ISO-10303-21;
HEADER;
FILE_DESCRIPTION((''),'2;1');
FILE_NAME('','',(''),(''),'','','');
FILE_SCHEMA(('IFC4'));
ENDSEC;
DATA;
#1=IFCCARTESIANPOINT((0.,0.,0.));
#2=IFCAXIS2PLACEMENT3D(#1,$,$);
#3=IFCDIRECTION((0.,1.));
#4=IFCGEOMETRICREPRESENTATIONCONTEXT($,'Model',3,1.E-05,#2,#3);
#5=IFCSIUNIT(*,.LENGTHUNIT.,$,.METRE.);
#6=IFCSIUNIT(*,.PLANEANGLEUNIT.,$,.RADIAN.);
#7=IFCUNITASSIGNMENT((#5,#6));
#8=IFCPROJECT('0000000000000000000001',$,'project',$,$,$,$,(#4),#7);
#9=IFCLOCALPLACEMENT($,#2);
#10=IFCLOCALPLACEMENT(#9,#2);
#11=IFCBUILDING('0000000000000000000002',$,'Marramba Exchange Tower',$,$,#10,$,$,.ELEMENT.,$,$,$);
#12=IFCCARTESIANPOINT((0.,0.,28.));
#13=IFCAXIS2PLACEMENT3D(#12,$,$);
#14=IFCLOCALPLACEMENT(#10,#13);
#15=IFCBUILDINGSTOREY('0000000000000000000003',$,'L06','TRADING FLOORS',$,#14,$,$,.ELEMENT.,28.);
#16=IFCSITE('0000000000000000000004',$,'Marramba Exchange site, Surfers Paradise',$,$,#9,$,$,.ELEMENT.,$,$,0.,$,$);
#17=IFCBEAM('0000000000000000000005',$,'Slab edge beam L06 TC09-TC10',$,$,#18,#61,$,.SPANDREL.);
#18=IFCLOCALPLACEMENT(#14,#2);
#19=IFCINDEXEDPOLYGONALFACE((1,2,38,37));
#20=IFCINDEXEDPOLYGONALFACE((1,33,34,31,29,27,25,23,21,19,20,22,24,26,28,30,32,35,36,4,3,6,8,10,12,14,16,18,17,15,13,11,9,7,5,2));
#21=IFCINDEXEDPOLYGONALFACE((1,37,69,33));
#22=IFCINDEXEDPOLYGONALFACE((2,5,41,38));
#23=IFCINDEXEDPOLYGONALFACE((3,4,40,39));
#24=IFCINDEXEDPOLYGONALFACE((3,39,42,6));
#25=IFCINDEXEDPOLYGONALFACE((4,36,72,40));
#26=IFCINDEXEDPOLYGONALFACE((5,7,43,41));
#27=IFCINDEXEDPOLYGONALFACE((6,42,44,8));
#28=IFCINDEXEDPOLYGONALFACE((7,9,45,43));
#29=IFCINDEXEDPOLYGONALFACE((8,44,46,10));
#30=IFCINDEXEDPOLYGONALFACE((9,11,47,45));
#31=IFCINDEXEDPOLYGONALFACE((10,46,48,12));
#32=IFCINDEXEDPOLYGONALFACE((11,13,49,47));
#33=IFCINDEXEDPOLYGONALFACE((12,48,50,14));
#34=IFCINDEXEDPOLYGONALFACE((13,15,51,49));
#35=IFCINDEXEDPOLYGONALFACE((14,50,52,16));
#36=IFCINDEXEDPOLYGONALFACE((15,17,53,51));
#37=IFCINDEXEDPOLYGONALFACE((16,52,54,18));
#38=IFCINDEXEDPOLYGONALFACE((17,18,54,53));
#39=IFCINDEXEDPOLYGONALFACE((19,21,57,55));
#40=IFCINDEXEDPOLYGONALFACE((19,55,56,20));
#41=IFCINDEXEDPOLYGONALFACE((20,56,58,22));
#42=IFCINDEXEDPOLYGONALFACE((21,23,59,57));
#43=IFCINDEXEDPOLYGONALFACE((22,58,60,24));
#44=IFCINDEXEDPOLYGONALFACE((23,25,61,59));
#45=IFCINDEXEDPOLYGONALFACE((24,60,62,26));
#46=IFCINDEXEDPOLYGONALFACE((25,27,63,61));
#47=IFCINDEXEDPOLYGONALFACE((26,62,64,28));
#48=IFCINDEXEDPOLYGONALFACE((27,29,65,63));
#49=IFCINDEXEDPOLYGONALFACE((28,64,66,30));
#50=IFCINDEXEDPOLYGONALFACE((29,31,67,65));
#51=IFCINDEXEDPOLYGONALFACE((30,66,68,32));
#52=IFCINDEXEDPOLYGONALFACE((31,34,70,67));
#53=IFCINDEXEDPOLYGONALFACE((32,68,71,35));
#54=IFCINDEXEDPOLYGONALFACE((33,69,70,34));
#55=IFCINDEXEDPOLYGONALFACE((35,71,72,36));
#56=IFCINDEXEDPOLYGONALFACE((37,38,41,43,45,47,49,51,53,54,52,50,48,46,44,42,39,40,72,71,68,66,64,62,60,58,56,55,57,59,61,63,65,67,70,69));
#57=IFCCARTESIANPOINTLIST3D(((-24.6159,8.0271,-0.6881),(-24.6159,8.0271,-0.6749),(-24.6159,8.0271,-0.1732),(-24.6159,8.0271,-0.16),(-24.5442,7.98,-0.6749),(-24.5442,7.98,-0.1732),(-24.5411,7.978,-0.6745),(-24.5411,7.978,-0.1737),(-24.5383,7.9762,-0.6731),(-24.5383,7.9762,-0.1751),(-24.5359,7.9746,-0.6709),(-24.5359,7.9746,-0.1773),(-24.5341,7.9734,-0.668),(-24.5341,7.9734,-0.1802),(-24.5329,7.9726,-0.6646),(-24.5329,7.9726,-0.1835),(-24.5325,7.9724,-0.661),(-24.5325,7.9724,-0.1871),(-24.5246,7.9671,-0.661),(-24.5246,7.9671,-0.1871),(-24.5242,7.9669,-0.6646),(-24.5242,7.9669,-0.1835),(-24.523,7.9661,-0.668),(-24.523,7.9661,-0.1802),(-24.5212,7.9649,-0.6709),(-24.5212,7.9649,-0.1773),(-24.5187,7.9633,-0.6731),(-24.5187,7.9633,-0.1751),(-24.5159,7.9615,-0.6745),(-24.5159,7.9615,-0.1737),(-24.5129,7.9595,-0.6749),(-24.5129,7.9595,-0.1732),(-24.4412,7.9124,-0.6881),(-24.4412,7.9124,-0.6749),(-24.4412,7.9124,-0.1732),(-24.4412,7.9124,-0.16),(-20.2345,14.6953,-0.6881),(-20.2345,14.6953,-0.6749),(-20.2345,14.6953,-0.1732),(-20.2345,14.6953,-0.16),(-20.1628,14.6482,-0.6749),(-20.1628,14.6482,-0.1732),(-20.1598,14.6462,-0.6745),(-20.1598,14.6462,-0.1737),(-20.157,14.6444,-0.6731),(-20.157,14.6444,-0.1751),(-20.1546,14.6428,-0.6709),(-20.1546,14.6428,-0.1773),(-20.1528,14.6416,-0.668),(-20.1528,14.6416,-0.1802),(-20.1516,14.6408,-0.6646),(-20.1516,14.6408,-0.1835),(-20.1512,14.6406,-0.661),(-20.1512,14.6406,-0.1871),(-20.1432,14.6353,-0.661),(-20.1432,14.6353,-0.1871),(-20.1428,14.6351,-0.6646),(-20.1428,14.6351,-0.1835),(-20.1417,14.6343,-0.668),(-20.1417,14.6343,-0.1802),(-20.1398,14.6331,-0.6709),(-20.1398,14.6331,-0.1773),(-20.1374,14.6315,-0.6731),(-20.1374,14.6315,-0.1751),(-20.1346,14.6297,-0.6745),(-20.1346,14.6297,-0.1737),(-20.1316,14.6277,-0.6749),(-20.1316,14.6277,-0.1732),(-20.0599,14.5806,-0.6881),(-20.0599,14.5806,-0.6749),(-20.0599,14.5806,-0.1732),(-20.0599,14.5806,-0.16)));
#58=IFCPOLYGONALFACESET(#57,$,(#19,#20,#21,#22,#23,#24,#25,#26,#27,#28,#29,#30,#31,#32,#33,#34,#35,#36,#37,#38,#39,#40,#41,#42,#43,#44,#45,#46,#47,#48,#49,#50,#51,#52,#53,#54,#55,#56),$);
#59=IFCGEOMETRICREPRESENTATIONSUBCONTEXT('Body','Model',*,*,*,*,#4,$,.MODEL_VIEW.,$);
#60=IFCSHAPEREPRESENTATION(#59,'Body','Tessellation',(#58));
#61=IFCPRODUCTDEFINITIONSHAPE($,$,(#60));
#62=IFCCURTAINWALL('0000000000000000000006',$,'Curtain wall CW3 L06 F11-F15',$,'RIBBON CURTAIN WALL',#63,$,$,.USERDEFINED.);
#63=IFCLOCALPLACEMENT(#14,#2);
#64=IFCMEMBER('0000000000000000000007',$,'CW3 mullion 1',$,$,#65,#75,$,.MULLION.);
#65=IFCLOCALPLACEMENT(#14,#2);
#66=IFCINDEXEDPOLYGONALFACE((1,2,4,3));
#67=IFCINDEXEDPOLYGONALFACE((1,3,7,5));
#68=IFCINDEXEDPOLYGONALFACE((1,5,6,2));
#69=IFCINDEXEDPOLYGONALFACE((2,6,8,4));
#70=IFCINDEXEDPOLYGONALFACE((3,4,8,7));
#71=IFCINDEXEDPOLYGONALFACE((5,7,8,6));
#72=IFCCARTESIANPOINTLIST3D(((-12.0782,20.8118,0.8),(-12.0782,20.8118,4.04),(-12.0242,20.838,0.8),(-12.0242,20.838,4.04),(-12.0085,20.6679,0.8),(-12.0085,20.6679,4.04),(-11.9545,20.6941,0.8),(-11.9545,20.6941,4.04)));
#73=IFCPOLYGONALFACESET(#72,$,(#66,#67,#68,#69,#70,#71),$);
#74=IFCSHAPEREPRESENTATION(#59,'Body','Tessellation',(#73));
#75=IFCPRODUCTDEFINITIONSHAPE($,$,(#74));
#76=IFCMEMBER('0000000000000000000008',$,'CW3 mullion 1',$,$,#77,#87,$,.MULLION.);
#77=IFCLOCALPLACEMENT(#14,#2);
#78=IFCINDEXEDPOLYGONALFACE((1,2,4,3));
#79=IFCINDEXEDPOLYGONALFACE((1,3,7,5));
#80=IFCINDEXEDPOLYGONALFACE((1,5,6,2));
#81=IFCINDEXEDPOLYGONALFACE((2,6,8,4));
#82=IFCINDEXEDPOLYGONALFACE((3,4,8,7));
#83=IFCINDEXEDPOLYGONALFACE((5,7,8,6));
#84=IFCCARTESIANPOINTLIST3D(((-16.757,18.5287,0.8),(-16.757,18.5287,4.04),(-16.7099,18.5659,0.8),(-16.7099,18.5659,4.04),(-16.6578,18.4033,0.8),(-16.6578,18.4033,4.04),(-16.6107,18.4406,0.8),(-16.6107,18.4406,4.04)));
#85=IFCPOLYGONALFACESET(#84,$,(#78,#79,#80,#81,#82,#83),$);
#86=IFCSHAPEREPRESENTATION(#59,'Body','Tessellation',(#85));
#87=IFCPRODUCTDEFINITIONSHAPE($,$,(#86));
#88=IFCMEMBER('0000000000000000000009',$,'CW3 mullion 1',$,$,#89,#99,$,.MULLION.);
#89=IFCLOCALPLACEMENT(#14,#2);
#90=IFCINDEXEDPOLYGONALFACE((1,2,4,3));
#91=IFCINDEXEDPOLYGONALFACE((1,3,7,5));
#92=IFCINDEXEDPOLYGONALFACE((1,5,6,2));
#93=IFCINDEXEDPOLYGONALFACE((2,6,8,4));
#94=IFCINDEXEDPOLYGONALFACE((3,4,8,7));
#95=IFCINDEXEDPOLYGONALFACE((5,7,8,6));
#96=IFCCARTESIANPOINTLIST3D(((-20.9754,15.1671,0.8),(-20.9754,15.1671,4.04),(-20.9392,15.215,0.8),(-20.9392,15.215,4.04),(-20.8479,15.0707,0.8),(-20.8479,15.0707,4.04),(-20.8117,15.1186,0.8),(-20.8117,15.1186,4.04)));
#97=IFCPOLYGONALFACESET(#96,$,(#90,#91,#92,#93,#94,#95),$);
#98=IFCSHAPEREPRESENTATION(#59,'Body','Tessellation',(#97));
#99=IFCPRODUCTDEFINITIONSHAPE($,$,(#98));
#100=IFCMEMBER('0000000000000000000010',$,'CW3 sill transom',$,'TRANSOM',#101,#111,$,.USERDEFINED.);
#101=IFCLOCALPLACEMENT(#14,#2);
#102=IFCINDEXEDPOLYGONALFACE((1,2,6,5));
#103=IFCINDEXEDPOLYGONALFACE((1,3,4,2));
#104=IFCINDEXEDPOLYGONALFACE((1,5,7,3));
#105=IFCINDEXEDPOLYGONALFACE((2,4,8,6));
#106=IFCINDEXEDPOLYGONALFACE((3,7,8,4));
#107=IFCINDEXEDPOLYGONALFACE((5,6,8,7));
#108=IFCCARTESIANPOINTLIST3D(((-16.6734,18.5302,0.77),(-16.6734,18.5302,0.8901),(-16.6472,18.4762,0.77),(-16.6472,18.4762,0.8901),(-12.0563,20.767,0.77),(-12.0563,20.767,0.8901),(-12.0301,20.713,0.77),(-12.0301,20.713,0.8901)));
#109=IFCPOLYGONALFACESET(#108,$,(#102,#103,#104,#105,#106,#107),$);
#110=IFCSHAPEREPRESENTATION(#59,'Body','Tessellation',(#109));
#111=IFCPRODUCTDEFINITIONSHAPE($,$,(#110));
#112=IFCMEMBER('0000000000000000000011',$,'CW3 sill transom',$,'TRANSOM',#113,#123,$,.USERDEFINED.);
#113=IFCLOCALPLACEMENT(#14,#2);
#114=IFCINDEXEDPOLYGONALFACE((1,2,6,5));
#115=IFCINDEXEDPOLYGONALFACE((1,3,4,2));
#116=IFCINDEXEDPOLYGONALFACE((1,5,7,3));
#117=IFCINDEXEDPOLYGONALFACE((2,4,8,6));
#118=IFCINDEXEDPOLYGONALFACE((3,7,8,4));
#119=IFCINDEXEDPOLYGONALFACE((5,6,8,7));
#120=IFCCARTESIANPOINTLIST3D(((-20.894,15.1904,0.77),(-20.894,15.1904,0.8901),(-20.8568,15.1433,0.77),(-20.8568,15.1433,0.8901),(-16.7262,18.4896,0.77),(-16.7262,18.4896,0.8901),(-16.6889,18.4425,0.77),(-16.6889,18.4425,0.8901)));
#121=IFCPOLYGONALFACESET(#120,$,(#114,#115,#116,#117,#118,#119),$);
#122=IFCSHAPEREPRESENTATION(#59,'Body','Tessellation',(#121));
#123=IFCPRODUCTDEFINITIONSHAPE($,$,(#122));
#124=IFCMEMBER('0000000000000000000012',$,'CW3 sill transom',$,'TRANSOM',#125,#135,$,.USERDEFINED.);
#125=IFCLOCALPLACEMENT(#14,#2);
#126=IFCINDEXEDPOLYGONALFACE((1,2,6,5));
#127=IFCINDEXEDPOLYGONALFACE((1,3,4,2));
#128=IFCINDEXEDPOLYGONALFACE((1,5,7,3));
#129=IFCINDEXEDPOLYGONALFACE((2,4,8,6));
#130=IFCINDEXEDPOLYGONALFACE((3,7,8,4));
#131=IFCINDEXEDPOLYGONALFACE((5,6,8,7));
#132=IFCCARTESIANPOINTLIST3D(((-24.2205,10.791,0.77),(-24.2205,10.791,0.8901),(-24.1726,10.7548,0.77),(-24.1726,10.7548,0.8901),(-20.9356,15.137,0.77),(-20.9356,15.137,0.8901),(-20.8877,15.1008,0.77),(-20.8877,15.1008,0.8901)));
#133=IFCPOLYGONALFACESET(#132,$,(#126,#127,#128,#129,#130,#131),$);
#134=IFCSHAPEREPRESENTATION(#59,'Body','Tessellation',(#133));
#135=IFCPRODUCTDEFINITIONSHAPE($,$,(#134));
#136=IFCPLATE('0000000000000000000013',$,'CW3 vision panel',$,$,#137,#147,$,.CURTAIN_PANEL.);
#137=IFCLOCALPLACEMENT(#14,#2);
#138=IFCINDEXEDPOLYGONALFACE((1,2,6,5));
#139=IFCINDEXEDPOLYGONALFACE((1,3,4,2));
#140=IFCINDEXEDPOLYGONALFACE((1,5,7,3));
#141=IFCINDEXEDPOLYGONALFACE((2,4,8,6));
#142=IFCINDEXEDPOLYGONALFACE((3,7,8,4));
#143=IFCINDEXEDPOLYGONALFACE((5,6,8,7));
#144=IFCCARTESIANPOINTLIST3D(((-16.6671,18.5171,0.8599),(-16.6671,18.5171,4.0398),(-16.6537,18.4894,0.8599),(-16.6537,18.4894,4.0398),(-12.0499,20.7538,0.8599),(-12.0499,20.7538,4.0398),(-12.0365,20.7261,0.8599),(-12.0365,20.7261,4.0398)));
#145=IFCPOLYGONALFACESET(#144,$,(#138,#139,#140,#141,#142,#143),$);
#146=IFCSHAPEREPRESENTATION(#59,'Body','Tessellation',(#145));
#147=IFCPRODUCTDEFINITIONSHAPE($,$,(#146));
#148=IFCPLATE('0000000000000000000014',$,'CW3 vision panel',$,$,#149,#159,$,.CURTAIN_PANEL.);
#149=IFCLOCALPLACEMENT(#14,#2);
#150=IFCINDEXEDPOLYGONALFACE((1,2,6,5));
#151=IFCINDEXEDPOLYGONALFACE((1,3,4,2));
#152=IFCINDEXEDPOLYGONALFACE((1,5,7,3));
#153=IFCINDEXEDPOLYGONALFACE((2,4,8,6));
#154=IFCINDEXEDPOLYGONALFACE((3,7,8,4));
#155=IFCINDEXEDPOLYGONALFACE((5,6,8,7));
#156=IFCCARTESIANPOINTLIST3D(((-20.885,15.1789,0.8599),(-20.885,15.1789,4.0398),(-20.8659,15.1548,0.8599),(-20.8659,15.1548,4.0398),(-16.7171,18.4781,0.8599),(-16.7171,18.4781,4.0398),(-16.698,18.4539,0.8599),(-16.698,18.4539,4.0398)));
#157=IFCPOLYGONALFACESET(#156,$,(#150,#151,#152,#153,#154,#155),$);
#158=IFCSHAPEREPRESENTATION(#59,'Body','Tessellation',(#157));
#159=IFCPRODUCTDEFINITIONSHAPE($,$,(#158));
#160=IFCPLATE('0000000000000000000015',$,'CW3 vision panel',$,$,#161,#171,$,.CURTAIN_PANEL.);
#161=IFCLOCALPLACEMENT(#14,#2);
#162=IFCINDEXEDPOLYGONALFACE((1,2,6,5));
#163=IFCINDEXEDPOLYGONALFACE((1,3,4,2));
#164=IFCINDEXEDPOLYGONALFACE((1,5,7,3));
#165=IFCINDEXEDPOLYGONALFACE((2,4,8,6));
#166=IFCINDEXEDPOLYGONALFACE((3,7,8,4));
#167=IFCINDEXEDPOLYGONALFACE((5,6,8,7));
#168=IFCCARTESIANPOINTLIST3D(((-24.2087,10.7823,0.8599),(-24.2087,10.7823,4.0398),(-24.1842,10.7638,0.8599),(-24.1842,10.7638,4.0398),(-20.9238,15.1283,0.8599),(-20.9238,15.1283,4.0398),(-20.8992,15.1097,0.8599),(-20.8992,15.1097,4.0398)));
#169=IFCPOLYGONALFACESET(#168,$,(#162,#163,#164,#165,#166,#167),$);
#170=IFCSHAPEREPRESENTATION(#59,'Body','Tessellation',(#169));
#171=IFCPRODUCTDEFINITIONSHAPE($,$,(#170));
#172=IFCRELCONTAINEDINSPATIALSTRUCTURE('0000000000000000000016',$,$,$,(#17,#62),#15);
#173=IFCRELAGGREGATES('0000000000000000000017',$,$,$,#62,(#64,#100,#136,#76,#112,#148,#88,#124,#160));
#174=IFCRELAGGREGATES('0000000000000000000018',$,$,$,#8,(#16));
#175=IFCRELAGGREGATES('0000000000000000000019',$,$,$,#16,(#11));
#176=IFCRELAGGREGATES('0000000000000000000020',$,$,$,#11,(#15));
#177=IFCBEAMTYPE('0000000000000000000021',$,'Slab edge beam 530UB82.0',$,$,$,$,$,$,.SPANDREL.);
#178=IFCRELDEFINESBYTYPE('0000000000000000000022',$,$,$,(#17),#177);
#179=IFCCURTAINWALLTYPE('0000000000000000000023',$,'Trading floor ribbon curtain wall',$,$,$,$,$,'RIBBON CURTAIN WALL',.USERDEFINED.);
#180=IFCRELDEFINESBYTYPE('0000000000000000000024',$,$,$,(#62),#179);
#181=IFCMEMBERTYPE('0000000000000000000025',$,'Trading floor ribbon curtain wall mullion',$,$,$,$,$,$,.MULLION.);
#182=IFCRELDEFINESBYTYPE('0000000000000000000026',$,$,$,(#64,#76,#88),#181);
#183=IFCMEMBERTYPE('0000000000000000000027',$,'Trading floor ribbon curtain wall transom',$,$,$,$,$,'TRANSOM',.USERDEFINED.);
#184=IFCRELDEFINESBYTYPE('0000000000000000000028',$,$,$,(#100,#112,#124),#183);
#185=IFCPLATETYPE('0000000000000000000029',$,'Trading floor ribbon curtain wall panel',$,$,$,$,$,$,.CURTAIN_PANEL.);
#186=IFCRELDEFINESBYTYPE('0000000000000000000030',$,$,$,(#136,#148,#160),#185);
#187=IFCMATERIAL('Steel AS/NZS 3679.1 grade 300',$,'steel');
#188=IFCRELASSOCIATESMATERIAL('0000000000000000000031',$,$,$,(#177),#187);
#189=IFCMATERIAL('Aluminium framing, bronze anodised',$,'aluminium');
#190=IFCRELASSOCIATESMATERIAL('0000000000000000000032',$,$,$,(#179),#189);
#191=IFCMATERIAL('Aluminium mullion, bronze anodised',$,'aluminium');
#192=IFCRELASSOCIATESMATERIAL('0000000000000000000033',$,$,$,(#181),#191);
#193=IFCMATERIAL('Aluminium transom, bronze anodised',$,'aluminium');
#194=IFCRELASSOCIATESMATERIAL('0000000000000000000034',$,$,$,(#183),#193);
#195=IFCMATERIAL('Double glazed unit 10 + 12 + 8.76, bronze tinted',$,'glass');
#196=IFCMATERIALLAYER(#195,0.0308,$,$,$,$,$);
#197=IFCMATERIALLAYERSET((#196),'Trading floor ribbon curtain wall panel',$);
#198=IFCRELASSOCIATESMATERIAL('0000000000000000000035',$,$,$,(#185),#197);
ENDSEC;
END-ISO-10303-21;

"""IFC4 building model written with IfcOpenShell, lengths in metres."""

from ifc_helpers import new_model, si_unit, direction, frame, origin, origin_2d, place, context, subcontext, project, spatial, rectangle, i_section, extrude, material, layer, layer_set, material_profile, profile_set, type_object, element, aggregate, save


model = new_model("IFC4")

# Units and contexts
model_context = context("Model", 3, precision=1e-05, world=origin(), true_north=direction((0.0, 1.0)))
body_context = subcontext(model_context, "Body", "Model", "MODEL_VIEW")
ifc_project = project(units=[si_unit("LENGTHUNIT", "METRE"), si_unit("PLANEANGLEUNIT", "RADIAN")], contexts=[model_context])

# Site, building, storey
site_placement = place(None, origin())
site = spatial("IfcSite", under=ifc_project, at=site_placement, Name="Marramba Exchange site, Surfers Paradise", CompositionType="ELEMENT", RefElevation=0.0)
building_placement = place(site_placement, origin())
building = spatial("IfcBuilding", under=site, at=building_placement, Name="Marramba Exchange Tower", CompositionType="ELEMENT")
storey_placement = place(building_placement, frame((0.0, 0.0, 28.0)))
storey = spatial("IfcBuildingStorey", under=building, at=storey_placement, Name="L06", Description="TRADING FLOORS", CompositionType="ELEMENT", Elevation=28.0)

# Beam
ifc_material_1 = material(Name="Steel AS/NZS 3679.1 grade 300", Category="steel")
ifc_material_profile_1 = material_profile(ifc_material_1, i_section(OverallWidth=0.209, OverallDepth=0.5281, WebThickness=0.0095, FlangeThickness=0.0132, FilletRadius=0.0139, at=origin_2d()), Name="530UB82.0")
ifc_profile_set_1 = profile_set([ifc_material_profile_1], Name="Steel AS/NZS 3679.1 grade 300")
beam_type_1 = type_object("IfcBeamType", Name="Slab edge beam 530UB82.0", PredefinedType="SPANDREL", material=ifc_profile_set_1)
beam_1_placement = place(storey_placement, frame((-20.1472, 14.6379, -0.4241), z_axis=(-0.549124, -0.835741, 0.0), x_axis=(0.835741, -0.549124, 0.0)))
element("IfcBeam", 1, at=beam_1_placement, inside=storey, type_object=beam_type_1, Name="Slab edge beam L06 TC09-TC10", PredefinedType="SPANDREL", context=body_context, shape_type="SweptSolid", body=[
    extrude(i_section(OverallWidth=0.209, OverallDepth=0.5281, WebThickness=0.0095, FlangeThickness=0.0132, FilletRadius=0.0139, at=origin_2d()), origin(), (0.0, 0.0, 1.0), 7.9788),
])

# Curtain wall, members, plates
ifc_material_2 = material(Name="Aluminium framing, bronze anodised", Category="aluminium")
curtain_wall_type = type_object("IfcCurtainWallType", Name="Trading floor ribbon curtain wall", ElementType="RIBBON CURTAIN WALL", PredefinedType="USERDEFINED", material=ifc_material_2)
curtain_wall_placement = place(storey_placement, origin())
curtain_wall = element("IfcCurtainWall", 2, at=curtain_wall_placement, inside=storey, type_object=curtain_wall_type, Name="Curtain wall CW3 L06 F11-F15", ObjectType="RIBBON CURTAIN WALL", PredefinedType="USERDEFINED")
ifc_material_3 = material(Name="Aluminium mullion, bronze anodised", Category="aluminium")
ifc_material_profile_2 = material_profile(ifc_material_3, rectangle(XDim=0.1599, YDim=0.0601, at=origin_2d()), Name="CW3 mullion 60x160")
ifc_profile_set_2 = profile_set([ifc_material_profile_2], Name="Aluminium mullion, bronze anodised")
member_type_1 = type_object("IfcMemberType", Name="Trading floor ribbon curtain wall mullion", PredefinedType="MULLION", material=ifc_profile_set_2)
member_1_placement = place(storey_placement, frame((-12.0164, 20.7529, 0.8), z_axis=(0.0, 0.0, 1.0), x_axis=(0.435965, -0.899963, 0.0)))
member_1 = element("IfcMember", 3, at=member_1_placement, type_object=member_type_1, Name="CW3 mullion 1", PredefinedType="MULLION", context=body_context, shape_type="SweptSolid", body=[
    extrude(rectangle(XDim=0.1599, YDim=0.0601, at=origin_2d()), origin(), (0.0, 0.0, 1.0), 3.24),
])
member_2_placement = place(storey_placement, frame((-16.6838, 18.4846, 0.8), z_axis=(0.0, 0.0, 1.0), x_axis=(0.62065, -0.784088, 0.0)))
member_2 = element("IfcMember", 4, at=member_2_placement, type_object=member_type_1, Name="CW3 mullion 1", PredefinedType="MULLION", context=body_context, shape_type="SweptSolid", body=[
    extrude(rectangle(XDim=0.1599, YDim=0.0601, at=origin_2d()), origin(), (0.0, 0.0, 1.0), 3.24),
])
member_3_placement = place(storey_placement, frame((-20.8936, 15.1428, 0.8), z_axis=(0.0, 0.0, 1.0), x_axis=(0.797749, -0.60299, 0.0)))
member_3 = element("IfcMember", 5, at=member_3_placement, type_object=member_type_1, Name="CW3 mullion 1", PredefinedType="MULLION", context=body_context, shape_type="SweptSolid", body=[
    extrude(rectangle(XDim=0.1599, YDim=0.0601, at=origin_2d()), origin(), (0.0, 0.0, 1.0), 3.24),
])
ifc_material_4 = material(Name="Aluminium transom, bronze anodised", Category="aluminium")
ifc_material_profile_3 = material_profile(ifc_material_4, rectangle(XDim=0.0601, YDim=0.1201, at=origin_2d()), Name="CW3 transom 60x120")
ifc_profile_set_3 = profile_set([ifc_material_profile_3], Name="Aluminium transom, bronze anodised")
member_type_2 = type_object("IfcMemberType", Name="Trading floor ribbon curtain wall transom", ElementType="TRANSOM", PredefinedType="USERDEFINED", material=ifc_profile_set_3)
member_4_placement = place(storey_placement, frame((-12.0432, 20.74, 0.8301), z_axis=(-0.899953, -0.435986, 0.0), x_axis=(0.435986, -0.899953, 0.0)))
member_4 = element("IfcMember", 6, at=member_4_placement, type_object=member_type_2, Name="CW3 sill transom", ObjectType="TRANSOM", PredefinedType="USERDEFINED", context=body_context, shape_type="SweptSolid", body=[
    extrude(rectangle(XDim=0.0601, YDim=0.1201, at=origin_2d()), origin(), (0.0, 0.0, 1.0), 5.1304),
])
member_5_placement = place(storey_placement, frame((-16.7075, 18.4661, 0.8301), z_axis=(-0.784076, -0.620665, 0.0), x_axis=(0.620665, -0.784076, 0.0)))
member_5 = element("IfcMember", 7, at=member_5_placement, type_object=member_type_2, Name="CW3 sill transom", ObjectType="TRANSOM", PredefinedType="USERDEFINED", context=body_context, shape_type="SweptSolid", body=[
    extrude(rectangle(XDim=0.0601, YDim=0.1201, at=origin_2d()), origin(), (0.0, 0.0, 1.0), 5.3157),
])
member_6_placement = place(storey_placement, frame((-20.9116, 15.1189, 0.8301), z_axis=(-0.602986, -0.797752, 0.0), x_axis=(0.797752, -0.602986, 0.0)))
member_6 = element("IfcMember", 8, at=member_6_placement, type_object=member_type_2, Name="CW3 sill transom", ObjectType="TRANSOM", PredefinedType="USERDEFINED", context=body_context, shape_type="SweptSolid", body=[
    extrude(rectangle(XDim=0.0601, YDim=0.1201, at=origin_2d()), origin(), (0.0, 0.0, 1.0), 5.4478),
])
ifc_material_5 = material(Name="Double glazed unit 10 + 12 + 8.76, bronze tinted", Category="glass")
ifc_layer_1 = layer(ifc_material_5, 0.0308)
ifc_layer_set_1 = layer_set([ifc_layer_1], Name="Trading floor ribbon curtain wall panel")
plate_type = type_object("IfcPlateType", Name="Trading floor ribbon curtain wall panel", PredefinedType="CURTAIN_PANEL", material=ifc_layer_set_1)
plate_1_placement = place(storey_placement, frame((-14.3518, 19.6216, 0.8599), z_axis=(0.0, 0.0, 1.0), x_axis=(-0.899963, -0.435965, 0.0)))
plate_1 = element("IfcPlate", 9, at=plate_1_placement, type_object=plate_type, Name="CW3 vision panel", PredefinedType="CURTAIN_PANEL", context=body_context, shape_type="SweptSolid", body=[
    extrude(rectangle(XDim=5.1304, YDim=0.0308, at=origin_2d()), origin(), (0.0, 0.0, 1.0), 3.1799),
])
plate_2_placement = place(storey_placement, frame((-18.7915, 16.8164, 0.8599), z_axis=(0.0, 0.0, 1.0), x_axis=(-0.784088, -0.62065, 0.0)))
plate_2 = element("IfcPlate", 10, at=plate_2_placement, type_object=plate_type, Name="CW3 vision panel", PredefinedType="CURTAIN_PANEL", context=body_context, shape_type="SweptSolid", body=[
    extrude(rectangle(XDim=5.3157, YDim=0.0308, at=origin_2d()), origin(), (0.0, 0.0, 1.0), 3.1799),
])
plate_3_placement = place(storey_placement, frame((-22.554, 12.946, 0.8599), z_axis=(0.0, 0.0, 1.0), x_axis=(-0.60299, -0.797749, 0.0)))
plate_3 = element("IfcPlate", 11, at=plate_3_placement, type_object=plate_type, Name="CW3 vision panel", PredefinedType="CURTAIN_PANEL", context=body_context, shape_type="SweptSolid", body=[
    extrude(rectangle(XDim=5.4478, YDim=0.0308, at=origin_2d()), origin(), (0.0, 0.0, 1.0), 3.1799),
])
aggregate(curtain_wall, [member_1, member_4, plate_1, member_2, member_5, plate_2, member_3, member_6, plate_3])

save(model, "model.ifc")
